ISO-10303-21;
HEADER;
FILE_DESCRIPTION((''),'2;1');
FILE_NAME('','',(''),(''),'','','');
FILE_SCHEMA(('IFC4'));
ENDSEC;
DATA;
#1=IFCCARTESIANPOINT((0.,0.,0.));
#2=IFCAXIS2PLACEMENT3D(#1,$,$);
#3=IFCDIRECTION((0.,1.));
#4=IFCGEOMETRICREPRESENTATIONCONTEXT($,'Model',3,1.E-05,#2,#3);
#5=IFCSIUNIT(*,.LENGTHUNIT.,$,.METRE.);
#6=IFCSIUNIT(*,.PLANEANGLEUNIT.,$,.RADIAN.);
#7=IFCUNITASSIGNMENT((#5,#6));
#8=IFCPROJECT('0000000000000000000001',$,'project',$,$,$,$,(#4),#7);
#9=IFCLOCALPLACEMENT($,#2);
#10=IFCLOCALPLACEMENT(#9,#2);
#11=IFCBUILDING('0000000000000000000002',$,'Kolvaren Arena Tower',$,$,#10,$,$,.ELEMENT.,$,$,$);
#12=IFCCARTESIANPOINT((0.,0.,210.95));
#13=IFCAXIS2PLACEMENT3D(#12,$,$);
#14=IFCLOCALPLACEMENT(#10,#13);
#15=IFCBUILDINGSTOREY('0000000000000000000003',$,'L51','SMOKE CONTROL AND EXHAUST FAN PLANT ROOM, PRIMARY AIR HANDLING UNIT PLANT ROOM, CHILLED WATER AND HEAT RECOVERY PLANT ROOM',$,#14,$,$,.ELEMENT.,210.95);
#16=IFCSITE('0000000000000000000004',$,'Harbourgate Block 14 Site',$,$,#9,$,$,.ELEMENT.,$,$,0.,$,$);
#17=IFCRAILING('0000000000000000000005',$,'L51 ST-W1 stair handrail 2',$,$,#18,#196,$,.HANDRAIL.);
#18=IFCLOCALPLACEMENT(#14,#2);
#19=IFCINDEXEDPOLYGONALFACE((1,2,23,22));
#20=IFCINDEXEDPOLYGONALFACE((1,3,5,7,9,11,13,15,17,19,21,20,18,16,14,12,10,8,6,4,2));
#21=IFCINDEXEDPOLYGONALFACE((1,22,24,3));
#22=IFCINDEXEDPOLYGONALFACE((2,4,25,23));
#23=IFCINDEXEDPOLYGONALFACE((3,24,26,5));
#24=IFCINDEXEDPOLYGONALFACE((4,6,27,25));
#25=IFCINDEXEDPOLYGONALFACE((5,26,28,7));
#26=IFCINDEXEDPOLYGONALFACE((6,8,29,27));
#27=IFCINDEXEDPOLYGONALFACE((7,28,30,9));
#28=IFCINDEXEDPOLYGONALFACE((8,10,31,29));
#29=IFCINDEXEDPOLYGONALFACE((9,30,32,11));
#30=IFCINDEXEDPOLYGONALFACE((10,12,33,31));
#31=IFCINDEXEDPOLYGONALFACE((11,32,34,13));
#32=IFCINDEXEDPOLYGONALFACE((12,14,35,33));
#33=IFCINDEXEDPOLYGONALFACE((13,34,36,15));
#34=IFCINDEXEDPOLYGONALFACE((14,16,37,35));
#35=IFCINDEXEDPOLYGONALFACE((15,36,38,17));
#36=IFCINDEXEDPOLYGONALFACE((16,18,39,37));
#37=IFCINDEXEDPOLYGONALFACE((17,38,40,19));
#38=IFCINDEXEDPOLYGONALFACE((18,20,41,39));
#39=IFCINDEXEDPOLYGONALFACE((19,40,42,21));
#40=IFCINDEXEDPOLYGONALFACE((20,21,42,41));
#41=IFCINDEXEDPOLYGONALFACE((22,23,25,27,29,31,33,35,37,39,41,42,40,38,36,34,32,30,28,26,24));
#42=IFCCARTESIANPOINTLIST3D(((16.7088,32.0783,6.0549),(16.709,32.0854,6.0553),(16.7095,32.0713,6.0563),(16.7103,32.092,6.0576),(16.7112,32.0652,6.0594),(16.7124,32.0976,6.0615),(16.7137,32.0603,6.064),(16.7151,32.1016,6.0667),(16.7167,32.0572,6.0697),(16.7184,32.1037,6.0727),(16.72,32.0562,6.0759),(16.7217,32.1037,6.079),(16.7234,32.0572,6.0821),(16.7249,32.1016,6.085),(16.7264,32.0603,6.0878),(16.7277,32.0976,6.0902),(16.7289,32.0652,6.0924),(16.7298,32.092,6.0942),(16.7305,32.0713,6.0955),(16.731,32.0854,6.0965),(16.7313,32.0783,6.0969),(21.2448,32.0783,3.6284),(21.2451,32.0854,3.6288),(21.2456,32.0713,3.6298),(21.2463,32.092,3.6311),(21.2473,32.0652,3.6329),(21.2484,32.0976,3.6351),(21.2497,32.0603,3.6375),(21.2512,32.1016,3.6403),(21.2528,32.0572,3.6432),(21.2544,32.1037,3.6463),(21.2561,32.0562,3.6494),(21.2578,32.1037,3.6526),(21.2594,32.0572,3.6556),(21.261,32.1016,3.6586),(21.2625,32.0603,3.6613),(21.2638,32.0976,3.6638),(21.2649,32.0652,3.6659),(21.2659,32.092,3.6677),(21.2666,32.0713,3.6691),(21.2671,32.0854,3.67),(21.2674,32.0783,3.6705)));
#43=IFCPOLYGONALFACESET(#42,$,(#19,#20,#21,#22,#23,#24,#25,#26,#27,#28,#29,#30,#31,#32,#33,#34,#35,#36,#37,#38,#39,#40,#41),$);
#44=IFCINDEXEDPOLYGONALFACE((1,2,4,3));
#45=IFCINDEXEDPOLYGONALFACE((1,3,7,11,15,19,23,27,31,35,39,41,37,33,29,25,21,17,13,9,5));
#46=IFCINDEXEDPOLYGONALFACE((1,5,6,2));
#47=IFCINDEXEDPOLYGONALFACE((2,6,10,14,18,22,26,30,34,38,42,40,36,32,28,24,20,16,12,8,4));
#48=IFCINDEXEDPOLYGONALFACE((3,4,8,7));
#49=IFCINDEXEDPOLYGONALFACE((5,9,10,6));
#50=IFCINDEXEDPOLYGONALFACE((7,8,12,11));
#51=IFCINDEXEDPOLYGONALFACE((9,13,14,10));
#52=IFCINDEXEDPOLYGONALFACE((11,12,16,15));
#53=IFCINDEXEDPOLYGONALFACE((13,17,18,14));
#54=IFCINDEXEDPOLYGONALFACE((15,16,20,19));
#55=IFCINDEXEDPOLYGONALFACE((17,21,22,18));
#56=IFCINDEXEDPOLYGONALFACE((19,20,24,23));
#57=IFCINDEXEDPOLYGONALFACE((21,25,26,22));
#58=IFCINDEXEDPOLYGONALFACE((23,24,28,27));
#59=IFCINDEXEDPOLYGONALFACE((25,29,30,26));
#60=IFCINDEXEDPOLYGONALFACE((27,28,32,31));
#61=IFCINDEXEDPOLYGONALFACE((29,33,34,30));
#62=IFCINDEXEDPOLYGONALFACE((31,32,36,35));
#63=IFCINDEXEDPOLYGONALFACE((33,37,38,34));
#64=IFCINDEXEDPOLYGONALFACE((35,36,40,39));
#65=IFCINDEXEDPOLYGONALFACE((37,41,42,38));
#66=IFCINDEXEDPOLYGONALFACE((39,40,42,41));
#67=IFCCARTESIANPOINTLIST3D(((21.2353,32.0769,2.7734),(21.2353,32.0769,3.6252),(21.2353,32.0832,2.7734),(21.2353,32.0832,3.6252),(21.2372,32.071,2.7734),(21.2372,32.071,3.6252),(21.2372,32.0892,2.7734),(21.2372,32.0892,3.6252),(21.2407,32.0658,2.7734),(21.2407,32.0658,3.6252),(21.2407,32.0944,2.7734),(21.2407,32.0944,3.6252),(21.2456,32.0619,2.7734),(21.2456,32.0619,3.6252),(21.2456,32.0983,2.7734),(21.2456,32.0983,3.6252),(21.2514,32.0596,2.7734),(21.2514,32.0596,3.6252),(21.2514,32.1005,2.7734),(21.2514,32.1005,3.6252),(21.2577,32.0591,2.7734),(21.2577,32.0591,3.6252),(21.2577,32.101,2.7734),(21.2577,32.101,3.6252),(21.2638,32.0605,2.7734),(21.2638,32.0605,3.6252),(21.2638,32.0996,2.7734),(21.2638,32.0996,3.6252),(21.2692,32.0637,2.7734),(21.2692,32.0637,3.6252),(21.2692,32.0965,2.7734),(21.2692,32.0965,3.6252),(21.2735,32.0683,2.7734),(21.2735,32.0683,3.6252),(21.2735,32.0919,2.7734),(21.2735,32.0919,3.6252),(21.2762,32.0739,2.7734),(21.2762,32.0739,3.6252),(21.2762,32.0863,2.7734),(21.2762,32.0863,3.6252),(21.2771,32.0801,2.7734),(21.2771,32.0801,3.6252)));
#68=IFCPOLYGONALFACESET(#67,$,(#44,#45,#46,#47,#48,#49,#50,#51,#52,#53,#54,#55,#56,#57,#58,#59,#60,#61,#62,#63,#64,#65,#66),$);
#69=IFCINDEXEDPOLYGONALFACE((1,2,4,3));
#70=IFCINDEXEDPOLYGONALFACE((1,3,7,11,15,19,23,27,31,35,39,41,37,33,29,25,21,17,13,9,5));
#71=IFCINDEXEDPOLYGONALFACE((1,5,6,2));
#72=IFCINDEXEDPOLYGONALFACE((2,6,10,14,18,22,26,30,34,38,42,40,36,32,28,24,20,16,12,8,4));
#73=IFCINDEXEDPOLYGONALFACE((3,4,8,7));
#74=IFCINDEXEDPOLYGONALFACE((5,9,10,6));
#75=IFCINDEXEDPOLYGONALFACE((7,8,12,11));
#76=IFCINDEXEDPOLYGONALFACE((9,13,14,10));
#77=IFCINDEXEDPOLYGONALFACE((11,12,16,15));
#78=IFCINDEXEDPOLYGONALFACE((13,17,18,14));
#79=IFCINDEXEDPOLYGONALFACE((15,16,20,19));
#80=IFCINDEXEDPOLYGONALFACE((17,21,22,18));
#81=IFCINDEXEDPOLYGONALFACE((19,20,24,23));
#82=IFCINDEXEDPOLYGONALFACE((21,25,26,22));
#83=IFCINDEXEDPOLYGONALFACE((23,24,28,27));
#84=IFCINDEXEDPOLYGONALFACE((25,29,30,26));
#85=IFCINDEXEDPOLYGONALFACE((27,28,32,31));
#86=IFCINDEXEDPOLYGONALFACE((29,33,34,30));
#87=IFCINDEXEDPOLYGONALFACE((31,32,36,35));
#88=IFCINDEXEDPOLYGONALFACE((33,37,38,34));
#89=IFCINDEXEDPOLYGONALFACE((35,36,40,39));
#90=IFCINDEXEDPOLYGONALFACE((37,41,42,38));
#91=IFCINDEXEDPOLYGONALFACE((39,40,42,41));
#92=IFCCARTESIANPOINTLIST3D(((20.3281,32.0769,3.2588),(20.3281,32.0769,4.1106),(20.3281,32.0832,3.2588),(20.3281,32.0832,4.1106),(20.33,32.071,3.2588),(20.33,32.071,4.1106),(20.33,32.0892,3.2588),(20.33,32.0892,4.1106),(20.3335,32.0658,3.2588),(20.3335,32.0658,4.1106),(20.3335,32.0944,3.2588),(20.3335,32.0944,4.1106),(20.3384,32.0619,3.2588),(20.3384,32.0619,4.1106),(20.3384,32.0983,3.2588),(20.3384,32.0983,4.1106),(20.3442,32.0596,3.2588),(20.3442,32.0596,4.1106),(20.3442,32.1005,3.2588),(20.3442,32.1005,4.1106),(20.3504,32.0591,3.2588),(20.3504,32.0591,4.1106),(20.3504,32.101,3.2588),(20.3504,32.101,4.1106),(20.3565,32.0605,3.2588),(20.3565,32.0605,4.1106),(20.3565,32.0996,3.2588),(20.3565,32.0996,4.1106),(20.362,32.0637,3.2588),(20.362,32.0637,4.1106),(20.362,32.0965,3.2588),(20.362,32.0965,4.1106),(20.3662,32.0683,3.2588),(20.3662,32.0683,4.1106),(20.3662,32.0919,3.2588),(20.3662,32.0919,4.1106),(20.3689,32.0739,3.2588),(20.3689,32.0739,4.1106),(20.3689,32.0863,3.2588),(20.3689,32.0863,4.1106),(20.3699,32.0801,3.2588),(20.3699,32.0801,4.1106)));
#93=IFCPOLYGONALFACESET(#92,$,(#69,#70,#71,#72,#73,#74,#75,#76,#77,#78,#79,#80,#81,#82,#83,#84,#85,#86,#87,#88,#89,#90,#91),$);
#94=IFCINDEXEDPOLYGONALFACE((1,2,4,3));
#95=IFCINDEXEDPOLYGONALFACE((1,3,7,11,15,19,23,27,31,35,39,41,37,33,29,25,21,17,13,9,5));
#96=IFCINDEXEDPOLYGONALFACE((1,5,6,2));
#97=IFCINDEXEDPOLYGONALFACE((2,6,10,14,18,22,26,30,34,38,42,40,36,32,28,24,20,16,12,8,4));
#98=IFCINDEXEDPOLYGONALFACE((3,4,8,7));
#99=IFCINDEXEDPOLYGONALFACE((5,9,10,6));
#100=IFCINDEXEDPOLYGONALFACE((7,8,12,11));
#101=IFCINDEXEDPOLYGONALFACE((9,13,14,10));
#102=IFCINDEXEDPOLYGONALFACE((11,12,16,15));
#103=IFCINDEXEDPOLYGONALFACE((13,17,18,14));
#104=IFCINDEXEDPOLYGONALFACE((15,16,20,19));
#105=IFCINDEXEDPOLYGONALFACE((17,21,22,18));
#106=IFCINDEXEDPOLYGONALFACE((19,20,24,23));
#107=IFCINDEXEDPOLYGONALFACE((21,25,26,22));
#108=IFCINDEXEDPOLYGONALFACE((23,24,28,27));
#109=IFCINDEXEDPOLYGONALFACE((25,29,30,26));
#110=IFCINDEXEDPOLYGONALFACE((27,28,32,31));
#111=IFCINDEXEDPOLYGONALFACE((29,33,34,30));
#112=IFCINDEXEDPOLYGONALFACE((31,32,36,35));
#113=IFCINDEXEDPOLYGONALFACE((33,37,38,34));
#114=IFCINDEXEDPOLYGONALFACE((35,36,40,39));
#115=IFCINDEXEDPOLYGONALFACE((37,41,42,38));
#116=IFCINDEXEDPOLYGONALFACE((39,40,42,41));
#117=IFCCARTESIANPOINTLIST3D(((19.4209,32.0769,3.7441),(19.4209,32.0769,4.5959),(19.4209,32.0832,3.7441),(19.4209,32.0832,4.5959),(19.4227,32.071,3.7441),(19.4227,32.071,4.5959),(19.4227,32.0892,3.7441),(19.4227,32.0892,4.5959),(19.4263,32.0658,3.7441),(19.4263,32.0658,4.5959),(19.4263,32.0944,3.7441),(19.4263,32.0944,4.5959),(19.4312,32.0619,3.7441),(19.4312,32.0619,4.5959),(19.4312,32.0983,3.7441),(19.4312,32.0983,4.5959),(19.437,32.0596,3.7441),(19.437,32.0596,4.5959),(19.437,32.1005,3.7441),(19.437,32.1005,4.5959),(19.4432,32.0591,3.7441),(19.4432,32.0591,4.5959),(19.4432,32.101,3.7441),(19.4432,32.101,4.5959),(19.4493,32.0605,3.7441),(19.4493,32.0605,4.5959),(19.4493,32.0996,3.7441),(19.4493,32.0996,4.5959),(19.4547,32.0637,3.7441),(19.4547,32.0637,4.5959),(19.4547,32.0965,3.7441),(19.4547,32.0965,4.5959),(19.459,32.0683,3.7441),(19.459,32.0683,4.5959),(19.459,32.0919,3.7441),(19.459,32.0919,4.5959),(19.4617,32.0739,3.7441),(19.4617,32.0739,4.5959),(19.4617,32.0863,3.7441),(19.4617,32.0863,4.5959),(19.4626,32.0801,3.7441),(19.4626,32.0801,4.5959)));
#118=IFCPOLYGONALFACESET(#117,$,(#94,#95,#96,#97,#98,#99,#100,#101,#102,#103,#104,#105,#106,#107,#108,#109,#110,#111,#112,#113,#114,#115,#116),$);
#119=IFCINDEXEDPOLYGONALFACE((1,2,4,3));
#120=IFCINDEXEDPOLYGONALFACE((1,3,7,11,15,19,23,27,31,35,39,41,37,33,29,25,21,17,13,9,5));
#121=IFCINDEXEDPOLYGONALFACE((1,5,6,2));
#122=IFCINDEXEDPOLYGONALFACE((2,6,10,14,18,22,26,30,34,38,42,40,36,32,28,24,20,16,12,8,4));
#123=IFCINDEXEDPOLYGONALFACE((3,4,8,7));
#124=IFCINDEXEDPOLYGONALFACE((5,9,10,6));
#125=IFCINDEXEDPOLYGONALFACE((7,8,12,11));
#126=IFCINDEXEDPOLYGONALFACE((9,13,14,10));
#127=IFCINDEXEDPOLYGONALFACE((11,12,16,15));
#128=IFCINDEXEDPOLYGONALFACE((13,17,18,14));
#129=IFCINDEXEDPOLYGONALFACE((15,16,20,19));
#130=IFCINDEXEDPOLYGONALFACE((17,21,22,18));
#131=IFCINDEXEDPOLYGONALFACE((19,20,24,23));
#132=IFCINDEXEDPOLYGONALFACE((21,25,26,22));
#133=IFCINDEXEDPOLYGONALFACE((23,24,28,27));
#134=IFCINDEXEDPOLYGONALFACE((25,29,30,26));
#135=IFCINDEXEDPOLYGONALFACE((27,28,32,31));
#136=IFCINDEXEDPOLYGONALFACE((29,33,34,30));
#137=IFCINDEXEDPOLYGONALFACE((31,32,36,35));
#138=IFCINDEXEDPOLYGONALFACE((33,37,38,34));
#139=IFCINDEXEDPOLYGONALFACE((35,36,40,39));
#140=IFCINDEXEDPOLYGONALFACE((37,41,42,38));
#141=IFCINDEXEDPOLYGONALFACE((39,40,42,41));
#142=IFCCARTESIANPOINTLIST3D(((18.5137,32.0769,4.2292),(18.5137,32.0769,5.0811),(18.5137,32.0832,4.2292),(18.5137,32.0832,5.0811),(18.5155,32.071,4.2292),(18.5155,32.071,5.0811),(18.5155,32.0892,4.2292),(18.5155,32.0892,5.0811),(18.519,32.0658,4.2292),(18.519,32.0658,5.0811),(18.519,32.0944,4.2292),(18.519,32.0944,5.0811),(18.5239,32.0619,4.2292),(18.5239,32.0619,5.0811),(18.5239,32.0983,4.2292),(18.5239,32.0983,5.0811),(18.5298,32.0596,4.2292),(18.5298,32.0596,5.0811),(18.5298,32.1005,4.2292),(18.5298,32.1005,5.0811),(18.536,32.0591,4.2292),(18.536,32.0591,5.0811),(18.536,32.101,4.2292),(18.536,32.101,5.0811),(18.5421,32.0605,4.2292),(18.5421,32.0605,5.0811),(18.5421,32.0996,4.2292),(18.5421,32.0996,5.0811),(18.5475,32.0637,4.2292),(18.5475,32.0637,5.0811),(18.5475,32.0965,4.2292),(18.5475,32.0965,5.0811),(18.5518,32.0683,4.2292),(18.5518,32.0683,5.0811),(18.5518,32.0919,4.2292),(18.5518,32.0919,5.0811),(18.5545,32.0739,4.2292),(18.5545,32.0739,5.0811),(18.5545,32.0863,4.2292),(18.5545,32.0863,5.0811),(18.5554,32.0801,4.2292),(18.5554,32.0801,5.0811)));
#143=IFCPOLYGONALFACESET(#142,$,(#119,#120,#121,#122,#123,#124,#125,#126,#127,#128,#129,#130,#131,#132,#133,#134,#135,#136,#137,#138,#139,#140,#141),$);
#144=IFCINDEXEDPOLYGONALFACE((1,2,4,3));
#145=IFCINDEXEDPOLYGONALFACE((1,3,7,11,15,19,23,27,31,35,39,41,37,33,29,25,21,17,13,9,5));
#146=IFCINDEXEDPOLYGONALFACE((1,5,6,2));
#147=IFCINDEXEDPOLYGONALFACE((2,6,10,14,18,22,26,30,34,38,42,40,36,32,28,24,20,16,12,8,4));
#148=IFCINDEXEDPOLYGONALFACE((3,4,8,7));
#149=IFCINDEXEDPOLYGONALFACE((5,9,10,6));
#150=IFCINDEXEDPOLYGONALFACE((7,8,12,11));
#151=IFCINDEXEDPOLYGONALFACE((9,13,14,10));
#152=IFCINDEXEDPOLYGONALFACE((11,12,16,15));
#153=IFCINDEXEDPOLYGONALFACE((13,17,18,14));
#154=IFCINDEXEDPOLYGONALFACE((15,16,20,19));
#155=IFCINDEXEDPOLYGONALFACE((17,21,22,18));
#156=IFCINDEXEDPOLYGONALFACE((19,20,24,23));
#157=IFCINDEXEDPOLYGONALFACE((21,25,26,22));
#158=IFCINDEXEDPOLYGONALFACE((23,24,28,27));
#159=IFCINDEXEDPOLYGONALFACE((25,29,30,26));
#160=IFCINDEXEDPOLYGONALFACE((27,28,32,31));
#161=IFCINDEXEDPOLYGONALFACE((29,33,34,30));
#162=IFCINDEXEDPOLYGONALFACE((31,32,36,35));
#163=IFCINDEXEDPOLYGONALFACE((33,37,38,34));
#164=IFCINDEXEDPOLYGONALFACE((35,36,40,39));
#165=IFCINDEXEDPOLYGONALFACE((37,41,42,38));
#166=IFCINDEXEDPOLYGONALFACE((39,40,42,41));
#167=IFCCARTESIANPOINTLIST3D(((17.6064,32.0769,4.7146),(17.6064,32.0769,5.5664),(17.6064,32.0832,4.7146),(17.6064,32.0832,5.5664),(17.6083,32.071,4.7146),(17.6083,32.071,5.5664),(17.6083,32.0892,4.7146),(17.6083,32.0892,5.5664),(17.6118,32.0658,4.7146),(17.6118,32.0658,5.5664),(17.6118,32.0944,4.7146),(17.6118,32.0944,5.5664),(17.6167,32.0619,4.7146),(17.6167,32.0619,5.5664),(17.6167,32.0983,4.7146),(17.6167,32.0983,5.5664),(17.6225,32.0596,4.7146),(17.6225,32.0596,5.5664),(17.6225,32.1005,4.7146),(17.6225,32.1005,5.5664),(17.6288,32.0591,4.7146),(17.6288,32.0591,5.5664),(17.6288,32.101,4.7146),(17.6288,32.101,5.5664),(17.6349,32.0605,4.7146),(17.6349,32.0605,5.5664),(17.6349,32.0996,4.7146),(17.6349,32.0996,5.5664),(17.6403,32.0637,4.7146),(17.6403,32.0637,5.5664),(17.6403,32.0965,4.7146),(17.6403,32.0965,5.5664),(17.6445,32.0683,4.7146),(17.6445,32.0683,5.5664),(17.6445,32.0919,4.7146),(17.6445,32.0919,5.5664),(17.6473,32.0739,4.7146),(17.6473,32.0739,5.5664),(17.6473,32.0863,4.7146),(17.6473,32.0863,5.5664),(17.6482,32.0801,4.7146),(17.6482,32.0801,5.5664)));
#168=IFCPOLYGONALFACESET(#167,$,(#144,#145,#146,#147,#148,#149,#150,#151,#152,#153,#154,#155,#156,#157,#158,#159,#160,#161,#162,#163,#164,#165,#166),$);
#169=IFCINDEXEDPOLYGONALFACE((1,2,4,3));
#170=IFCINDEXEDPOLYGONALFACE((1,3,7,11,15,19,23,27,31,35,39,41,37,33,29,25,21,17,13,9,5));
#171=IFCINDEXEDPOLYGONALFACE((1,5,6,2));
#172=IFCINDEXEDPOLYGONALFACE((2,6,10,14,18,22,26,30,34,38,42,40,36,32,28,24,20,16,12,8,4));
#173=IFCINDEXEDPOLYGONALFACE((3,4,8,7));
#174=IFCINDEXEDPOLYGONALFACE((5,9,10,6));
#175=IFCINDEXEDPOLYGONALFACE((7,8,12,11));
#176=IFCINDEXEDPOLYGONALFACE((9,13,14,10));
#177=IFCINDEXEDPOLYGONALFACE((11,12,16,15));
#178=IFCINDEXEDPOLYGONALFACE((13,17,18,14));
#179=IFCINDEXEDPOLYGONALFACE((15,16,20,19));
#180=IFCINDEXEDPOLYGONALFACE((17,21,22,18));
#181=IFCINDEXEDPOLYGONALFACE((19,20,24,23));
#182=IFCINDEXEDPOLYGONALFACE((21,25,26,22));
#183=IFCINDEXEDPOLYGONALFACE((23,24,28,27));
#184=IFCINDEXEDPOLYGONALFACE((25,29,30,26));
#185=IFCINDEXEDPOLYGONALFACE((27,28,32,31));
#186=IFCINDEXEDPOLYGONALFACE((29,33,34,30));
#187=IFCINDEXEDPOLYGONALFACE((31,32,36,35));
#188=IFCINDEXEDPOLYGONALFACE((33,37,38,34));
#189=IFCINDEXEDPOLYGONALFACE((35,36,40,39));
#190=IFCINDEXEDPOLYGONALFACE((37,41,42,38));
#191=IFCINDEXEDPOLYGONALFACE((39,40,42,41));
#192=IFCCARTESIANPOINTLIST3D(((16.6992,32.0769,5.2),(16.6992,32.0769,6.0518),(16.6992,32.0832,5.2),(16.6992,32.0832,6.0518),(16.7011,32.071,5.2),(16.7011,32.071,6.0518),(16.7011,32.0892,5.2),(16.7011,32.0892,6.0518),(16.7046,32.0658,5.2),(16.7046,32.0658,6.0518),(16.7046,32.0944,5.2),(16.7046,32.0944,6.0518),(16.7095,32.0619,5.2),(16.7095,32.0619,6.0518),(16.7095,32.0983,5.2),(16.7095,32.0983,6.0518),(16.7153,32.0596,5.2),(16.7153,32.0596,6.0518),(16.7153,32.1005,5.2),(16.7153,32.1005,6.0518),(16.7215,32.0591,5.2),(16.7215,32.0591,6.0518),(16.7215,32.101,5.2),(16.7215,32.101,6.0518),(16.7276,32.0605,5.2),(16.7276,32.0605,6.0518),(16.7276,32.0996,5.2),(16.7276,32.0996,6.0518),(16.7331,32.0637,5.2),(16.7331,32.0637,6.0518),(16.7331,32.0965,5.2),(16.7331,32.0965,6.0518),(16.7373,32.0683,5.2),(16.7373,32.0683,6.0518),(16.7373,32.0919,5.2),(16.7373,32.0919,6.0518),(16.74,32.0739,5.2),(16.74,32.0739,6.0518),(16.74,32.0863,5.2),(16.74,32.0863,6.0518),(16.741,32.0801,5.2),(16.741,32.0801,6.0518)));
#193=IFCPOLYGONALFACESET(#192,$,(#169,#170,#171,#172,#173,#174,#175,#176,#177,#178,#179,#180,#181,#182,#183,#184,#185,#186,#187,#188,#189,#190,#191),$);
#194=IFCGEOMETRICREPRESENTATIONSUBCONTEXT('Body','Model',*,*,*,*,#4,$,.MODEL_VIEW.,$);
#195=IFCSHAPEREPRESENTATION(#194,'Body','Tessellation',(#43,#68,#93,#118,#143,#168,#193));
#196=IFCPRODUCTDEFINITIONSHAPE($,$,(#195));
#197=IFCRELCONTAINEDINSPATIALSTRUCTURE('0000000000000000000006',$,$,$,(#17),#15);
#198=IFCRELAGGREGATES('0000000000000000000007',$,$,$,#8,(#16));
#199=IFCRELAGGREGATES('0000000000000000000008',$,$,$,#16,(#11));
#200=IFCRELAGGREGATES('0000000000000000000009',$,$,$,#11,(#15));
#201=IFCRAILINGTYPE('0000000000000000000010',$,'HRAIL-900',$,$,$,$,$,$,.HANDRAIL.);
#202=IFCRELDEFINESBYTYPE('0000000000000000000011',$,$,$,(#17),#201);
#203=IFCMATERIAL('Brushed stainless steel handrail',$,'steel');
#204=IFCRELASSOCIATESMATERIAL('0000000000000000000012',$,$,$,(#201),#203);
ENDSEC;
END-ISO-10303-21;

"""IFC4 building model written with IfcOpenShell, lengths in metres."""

from ifc_helpers import new_model, si_unit, direction, frame, origin, origin_2d, place, context, subcontext, project, spatial, circle, extrude, material, type_object, element, save


model = new_model("IFC4")

# Units and contexts
model_context = context("Model", 3, precision=1e-05, world=origin(), true_north=direction((0.0, 1.0)))
body_context = subcontext(model_context, "Body", "Model", "MODEL_VIEW")
ifc_project = project(units=[si_unit("LENGTHUNIT", "METRE"), si_unit("PLANEANGLEUNIT", "RADIAN")], contexts=[model_context])

# Site, building, storey
site_placement = place(None, origin())
site = spatial("IfcSite", under=ifc_project, at=site_placement, Name="Harbourgate Block 14 Site", CompositionType="ELEMENT", RefElevation=0.0)
building_placement = place(site_placement, origin())
building = spatial("IfcBuilding", under=site, at=building_placement, Name="Kolvaren Arena Tower", CompositionType="ELEMENT")
storey_placement = place(building_placement, frame((0.0, 0.0, 210.95)))
storey = spatial("IfcBuildingStorey", under=building, at=storey_placement, Name="L51", Description="SMOKE CONTROL AND EXHAUST FAN PLANT ROOM, PRIMARY AIR HANDLING UNIT PLANT ROOM, CHILLED WATER AND HEAT RECOVERY PLANT ROOM", CompositionType="ELEMENT", Elevation=210.95)

# Railing
ifc_material_1 = material(Name="Brushed stainless steel handrail", Category="steel")
railing_type_1 = type_object("IfcRailingType", Name="HRAIL-900", PredefinedType="HANDRAIL", material=ifc_material_1)
railing_1_placement = place(storey_placement, frame((21.2561, 32.0801, 2.7734)))
element("IfcRailing", 1, at=railing_1_placement, inside=storey, type_object=railing_type_1, Name="L51 ST-W1 stair handrail 2", PredefinedType="HANDRAIL", context=body_context, shape_type="SweptSolid", body=[
    extrude(circle(Radius=0.0239, at=origin_2d()), frame((0.0, 0.0, 0.876), z_axis=(-0.881768, 0.0, 0.471684), x_axis=(0.0, -1.0, 0.0)), (0.0, 0.0, 1.0), 5.1443),
    extrude(circle(Radius=0.021, at=origin_2d()), origin(), (0.0, 0.0, 1.0), 0.8518),
    extrude(circle(Radius=0.021, at=origin_2d()), frame((-0.9072, 0.0, 0.4854)), (0.0, 0.0, 1.0), 0.8518),
    extrude(circle(Radius=0.021, at=origin_2d()), frame((-1.8145, 0.0, 0.9707)), (0.0, 0.0, 1.0), 0.8518),
    extrude(circle(Radius=0.021, at=origin_2d()), frame((-2.7217, 0.0, 1.4558)), (0.0, 0.0, 1.0), 0.8518),
    extrude(circle(Radius=0.021, at=origin_2d()), frame((-3.6289, 0.0, 1.9412)), (0.0, 0.0, 1.0), 0.8518),
    extrude(circle(Radius=0.021, at=origin_2d()), frame((-4.5361, 0.0, 2.4265)), (0.0, 0.0, 1.0), 0.8518),
])

save(model, "model.ifc")
